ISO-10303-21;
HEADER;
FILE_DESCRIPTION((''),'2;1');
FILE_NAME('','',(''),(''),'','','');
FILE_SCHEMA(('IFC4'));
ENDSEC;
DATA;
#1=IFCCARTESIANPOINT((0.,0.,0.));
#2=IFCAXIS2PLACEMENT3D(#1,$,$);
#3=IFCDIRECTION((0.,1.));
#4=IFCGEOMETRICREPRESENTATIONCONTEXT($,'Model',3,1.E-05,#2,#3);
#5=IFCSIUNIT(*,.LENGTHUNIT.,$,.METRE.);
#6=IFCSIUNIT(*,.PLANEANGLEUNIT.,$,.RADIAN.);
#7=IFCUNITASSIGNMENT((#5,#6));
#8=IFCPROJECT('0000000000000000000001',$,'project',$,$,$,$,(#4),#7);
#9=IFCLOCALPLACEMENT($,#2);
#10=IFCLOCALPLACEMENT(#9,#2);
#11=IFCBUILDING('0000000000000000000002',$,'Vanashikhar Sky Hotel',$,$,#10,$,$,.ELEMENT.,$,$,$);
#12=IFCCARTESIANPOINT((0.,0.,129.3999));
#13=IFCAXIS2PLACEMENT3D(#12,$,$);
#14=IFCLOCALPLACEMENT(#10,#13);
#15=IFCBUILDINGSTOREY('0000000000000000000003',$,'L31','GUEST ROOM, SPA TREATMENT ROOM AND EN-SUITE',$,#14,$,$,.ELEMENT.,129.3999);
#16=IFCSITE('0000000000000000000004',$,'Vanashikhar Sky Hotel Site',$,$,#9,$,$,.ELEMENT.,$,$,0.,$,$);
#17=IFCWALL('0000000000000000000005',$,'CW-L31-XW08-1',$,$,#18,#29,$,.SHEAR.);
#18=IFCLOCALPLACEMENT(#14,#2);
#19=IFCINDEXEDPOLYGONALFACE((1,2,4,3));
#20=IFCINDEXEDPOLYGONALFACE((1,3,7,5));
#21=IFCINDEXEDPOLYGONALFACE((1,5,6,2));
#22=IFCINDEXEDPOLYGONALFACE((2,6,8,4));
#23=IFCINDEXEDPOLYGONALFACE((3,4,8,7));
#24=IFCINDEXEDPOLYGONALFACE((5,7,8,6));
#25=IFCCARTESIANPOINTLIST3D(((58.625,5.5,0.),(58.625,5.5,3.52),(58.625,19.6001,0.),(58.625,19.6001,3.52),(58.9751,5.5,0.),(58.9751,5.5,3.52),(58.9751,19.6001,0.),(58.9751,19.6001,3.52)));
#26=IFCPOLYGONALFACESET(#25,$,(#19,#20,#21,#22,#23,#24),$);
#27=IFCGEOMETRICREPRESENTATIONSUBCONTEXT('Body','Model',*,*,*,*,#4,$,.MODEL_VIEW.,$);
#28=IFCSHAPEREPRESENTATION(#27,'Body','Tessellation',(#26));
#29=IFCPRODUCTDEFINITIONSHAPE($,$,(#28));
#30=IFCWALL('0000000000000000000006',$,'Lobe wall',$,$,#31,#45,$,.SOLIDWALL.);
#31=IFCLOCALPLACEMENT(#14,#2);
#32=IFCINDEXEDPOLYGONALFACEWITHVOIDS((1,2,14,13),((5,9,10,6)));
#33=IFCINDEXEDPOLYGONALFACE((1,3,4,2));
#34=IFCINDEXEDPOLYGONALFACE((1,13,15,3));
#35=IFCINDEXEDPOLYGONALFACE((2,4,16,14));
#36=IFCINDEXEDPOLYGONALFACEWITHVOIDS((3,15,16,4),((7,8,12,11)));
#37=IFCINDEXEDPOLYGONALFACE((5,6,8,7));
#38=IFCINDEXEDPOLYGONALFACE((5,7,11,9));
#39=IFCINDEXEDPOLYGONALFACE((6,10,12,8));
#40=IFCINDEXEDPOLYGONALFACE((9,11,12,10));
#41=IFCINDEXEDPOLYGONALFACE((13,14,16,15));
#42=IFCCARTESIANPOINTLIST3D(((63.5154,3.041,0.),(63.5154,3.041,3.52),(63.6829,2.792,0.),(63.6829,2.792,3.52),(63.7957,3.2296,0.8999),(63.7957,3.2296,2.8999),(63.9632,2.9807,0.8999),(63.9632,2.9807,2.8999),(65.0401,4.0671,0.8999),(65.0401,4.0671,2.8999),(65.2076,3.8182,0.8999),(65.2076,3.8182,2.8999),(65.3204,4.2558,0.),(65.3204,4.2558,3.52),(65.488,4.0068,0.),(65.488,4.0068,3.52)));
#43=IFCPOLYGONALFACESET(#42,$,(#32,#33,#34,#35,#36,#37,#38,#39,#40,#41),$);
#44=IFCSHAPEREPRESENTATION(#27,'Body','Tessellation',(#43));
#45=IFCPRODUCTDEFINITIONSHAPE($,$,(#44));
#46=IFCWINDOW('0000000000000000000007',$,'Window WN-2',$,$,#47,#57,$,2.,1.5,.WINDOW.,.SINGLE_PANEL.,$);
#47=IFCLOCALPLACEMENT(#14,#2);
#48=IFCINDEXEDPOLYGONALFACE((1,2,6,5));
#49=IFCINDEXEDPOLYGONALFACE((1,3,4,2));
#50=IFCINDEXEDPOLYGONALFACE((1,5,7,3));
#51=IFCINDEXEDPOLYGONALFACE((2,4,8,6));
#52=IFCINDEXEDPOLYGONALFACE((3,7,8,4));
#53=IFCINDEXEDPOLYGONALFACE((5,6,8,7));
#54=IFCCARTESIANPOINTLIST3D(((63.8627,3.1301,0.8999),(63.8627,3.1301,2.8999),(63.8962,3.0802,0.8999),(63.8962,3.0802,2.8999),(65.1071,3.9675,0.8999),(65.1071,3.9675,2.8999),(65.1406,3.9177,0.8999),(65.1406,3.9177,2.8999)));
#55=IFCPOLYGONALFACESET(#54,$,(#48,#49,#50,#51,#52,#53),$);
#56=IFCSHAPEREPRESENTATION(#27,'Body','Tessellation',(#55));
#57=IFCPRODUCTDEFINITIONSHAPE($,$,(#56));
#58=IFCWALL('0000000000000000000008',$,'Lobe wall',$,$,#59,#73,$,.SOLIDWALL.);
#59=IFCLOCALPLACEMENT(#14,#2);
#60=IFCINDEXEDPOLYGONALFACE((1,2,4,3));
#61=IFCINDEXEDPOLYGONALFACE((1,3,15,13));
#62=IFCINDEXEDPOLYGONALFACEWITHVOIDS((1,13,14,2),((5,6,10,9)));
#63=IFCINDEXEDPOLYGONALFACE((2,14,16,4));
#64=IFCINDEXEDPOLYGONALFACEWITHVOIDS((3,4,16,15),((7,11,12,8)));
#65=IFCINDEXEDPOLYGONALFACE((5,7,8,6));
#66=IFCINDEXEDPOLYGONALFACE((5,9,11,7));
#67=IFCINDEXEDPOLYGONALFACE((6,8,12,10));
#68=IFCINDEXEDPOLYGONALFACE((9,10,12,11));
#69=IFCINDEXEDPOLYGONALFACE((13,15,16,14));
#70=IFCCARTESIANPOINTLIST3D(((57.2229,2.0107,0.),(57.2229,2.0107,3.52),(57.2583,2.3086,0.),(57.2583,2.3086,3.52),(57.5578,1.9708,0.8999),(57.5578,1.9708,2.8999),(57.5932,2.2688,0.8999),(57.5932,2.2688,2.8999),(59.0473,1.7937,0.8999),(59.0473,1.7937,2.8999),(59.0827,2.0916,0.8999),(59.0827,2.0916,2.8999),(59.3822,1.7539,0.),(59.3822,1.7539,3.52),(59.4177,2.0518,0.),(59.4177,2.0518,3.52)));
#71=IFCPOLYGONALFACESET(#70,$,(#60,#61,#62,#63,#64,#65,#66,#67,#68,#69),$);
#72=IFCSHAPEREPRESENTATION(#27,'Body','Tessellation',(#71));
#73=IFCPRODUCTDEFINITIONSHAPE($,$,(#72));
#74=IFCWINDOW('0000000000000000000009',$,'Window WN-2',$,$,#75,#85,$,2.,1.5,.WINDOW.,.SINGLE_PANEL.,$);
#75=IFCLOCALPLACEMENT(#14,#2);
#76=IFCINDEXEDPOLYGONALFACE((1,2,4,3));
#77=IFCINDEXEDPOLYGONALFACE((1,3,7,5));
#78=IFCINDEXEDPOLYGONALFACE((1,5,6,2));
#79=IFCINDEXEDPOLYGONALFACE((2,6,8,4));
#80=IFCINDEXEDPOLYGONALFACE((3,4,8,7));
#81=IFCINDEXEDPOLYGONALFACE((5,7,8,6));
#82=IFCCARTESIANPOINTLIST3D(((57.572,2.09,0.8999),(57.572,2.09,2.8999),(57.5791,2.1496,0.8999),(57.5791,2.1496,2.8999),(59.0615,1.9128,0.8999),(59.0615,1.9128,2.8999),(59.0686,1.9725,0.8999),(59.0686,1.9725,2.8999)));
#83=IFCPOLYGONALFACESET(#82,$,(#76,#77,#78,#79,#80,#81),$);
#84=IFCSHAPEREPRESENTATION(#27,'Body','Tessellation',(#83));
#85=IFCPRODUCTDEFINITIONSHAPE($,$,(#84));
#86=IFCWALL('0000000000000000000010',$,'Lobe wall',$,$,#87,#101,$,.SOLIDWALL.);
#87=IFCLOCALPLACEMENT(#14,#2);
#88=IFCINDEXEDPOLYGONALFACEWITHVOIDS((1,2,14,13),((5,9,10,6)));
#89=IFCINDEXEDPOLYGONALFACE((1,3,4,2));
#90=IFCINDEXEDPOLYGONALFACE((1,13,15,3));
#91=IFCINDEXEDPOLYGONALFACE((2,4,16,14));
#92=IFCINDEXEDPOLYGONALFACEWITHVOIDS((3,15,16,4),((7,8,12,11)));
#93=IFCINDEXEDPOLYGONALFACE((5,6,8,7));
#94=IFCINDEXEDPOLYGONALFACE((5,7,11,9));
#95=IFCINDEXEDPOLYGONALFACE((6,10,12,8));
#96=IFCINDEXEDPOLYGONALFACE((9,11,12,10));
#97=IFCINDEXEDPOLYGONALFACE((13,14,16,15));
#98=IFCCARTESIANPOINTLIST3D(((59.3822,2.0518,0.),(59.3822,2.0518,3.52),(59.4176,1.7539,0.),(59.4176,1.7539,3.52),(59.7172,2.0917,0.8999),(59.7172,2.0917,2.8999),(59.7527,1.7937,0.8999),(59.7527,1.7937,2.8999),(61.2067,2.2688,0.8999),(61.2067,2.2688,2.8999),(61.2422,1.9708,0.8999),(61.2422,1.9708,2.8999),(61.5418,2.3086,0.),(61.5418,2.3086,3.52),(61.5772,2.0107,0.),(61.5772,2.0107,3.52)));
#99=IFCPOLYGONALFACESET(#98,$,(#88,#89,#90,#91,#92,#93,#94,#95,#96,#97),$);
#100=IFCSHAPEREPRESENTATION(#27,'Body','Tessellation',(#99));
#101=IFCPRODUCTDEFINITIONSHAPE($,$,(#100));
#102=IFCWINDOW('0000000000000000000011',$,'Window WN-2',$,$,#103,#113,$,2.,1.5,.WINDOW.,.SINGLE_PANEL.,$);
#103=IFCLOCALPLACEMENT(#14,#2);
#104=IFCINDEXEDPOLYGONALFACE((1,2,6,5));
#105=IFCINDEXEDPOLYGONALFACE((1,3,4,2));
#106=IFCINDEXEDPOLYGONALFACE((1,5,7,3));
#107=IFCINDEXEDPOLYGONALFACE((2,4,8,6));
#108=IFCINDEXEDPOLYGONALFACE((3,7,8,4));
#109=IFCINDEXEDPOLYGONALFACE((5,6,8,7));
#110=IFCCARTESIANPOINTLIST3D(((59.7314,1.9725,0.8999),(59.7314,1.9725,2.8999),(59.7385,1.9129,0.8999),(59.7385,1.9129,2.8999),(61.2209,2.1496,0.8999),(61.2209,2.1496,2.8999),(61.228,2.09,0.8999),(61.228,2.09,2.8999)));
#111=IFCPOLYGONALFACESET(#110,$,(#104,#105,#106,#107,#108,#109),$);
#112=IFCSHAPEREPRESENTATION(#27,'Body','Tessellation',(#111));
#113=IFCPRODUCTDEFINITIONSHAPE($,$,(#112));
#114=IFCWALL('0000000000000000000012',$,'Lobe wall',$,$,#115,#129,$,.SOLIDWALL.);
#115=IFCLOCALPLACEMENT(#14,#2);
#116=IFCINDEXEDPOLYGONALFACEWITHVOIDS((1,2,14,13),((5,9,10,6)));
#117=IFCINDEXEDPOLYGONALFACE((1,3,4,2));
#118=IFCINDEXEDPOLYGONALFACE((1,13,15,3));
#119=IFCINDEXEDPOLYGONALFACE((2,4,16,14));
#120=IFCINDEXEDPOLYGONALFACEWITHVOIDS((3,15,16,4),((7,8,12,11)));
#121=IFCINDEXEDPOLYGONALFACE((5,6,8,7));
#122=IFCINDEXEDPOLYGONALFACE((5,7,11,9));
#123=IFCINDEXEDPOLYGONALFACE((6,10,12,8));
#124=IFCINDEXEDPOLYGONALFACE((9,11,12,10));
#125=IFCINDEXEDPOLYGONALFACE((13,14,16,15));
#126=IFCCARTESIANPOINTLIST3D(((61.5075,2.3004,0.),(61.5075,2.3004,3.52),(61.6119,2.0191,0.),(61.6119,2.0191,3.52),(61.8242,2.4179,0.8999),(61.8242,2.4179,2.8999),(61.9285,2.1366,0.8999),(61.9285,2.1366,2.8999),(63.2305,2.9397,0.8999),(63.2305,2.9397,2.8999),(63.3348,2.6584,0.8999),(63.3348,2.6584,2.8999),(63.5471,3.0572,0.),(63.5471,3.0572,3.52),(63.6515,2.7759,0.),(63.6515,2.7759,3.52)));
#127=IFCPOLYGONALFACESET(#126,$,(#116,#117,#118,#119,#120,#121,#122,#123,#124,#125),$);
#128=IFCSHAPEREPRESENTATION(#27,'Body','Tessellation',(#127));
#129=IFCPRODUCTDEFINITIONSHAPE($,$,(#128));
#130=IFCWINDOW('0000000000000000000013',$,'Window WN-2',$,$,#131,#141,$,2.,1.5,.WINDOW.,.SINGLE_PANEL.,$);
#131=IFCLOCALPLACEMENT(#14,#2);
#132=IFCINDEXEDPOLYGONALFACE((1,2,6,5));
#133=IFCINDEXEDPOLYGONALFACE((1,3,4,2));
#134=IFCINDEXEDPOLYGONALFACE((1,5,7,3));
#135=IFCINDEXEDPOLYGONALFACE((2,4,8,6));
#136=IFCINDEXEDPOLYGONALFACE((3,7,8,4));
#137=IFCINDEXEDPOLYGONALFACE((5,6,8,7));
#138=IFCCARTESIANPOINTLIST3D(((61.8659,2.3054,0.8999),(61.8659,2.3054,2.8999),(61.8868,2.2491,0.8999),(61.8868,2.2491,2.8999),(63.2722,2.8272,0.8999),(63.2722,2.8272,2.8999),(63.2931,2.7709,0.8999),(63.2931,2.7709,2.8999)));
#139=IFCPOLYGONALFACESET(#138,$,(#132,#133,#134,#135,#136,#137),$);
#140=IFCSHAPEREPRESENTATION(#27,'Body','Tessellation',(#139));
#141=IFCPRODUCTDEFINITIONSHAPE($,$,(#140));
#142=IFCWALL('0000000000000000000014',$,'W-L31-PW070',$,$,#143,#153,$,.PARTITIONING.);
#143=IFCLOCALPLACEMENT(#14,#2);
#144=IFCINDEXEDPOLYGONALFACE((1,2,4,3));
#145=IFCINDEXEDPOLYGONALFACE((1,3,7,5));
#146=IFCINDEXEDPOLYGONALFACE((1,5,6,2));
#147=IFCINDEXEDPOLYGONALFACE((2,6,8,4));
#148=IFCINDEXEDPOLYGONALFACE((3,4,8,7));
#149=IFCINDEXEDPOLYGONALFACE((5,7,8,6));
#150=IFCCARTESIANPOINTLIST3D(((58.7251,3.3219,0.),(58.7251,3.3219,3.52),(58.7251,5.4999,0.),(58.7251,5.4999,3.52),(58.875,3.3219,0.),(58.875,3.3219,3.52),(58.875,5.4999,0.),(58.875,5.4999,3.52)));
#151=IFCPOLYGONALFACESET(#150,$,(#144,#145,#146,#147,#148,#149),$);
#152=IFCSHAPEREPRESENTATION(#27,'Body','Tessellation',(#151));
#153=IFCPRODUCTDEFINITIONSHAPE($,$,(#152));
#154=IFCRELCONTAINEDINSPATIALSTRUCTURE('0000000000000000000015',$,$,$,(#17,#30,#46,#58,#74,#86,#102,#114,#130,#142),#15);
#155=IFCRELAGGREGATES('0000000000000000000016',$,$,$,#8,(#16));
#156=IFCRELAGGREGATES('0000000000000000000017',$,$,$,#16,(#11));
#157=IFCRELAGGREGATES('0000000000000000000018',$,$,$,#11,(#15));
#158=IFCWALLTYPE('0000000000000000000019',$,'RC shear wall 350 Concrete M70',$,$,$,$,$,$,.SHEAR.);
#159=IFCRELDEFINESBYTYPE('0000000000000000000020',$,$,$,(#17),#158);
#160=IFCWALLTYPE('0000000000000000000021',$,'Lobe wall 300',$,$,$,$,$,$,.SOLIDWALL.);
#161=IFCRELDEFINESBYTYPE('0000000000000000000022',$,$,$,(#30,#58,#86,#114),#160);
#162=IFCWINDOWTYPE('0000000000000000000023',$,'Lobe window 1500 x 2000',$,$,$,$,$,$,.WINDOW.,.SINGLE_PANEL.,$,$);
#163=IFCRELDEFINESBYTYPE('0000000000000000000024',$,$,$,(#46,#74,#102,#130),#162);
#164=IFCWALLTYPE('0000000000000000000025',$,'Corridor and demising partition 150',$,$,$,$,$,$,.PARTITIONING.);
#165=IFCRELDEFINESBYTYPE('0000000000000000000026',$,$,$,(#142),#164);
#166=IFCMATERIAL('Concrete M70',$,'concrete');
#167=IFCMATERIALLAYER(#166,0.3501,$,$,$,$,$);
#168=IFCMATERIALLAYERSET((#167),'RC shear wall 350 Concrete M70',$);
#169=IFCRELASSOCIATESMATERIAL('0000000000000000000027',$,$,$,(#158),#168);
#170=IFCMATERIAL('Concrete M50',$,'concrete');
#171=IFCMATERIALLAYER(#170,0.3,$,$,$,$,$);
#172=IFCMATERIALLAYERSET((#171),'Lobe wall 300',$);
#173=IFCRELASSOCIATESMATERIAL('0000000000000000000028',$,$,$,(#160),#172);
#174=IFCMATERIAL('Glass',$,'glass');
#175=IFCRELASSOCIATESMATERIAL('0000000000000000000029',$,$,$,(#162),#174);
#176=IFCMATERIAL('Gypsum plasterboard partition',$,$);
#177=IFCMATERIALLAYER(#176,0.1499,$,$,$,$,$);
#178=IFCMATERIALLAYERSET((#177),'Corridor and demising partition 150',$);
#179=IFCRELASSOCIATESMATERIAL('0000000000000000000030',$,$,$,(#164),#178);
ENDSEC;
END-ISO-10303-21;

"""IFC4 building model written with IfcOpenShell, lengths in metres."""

from ifc_helpers import new_model, si_unit, direction, frame, frame_2d, origin, place, context, subcontext, project, spatial, rectangle, extrude, source, transform, mapped, material, layer, layer_set, type_object, element, fill, save


model = new_model("IFC4")

# Units and contexts
model_context = context("Model", 3, precision=1e-05, world=origin(), true_north=direction((0.0, 1.0)))
body_context = subcontext(model_context, "Body", "Model", "MODEL_VIEW")
ifc_project = project(units=[si_unit("LENGTHUNIT", "METRE"), si_unit("PLANEANGLEUNIT", "RADIAN")], contexts=[model_context])

# Site, building, storey
site_placement = place(None, origin())
site = spatial("IfcSite", under=ifc_project, at=site_placement, Name="Vanashikhar Sky Hotel Site", CompositionType="ELEMENT", RefElevation=0.0)
building_placement = place(site_placement, origin())
building = spatial("IfcBuilding", under=site, at=building_placement, Name="Vanashikhar Sky Hotel", CompositionType="ELEMENT")
storey_placement = place(building_placement, frame((0.0, 0.0, 129.3999)))
storey = spatial("IfcBuildingStorey", under=building, at=storey_placement, Name="L31", Description="GUEST ROOM, SPA TREATMENT ROOM AND EN-SUITE", CompositionType="ELEMENT", Elevation=129.3999)

# Wall
ifc_material_1 = material(Name="Concrete M70", Category="concrete")
ifc_layer_1 = layer(ifc_material_1, 0.3501)
ifc_layer_set_1 = layer_set([ifc_layer_1], Name="RC shear wall 350 Concrete M70")
wall_type_1 = type_object("IfcWallType", Name="RC shear wall 350 Concrete M70", PredefinedType="SHEAR", material=ifc_layer_set_1)
shared_shape_1 = source(origin(), body_context, "Body", "SweptSolid", [
    extrude(rectangle(XDim=14.1001, YDim=0.3501, at=frame_2d((7.05, 0.0))), origin(), (0.0, 0.0, 1.0), 3.52),
])
wall_1_placement = place(storey_placement, frame((58.8, 5.5, 0.0), z_axis=(0.0, 0.0, 1.0), x_axis=(0.0, 1.0, 0.0)))
element("IfcWall", 1, at=wall_1_placement, inside=storey, type_object=wall_type_1, Name="CW-L31-XW08-1", PredefinedType="SHEAR", context=body_context, shape_type="MappedRepresentation", body=[
    mapped(shared_shape_1, transform((0.0, 0.0, 0.0), scale=1.0)),
])

# Walls, openings, windows
ifc_material_2 = material(Name="Concrete M50", Category="concrete")
ifc_layer_2 = layer(ifc_material_2, 0.3)
ifc_layer_set_2 = layer_set([ifc_layer_2], Name="Lobe wall 300")
wall_type_2 = type_object("IfcWallType", Name="Lobe wall 300", PredefinedType="SOLIDWALL", material=ifc_layer_set_2)
shared_shape_2 = source(origin(), body_context, "Body", "SweptSolid", [
    extrude(rectangle(XDim=2.1758, YDim=0.3, at=frame_2d((1.0879, 0.0))), origin(), (0.0, 0.0, 1.0), 3.52),
])
wall_2_placement = place(storey_placement, frame((63.5991, 2.9165, 0.0), z_axis=(0.0, 0.0, 1.0), x_axis=(0.829626, 0.55832, 0.0)))
wall_2 = element("IfcWall", 2, at=wall_2_placement, inside=storey, type_object=wall_type_2, Name="Lobe wall", PredefinedType="SOLIDWALL", context=body_context, shape_type="MappedRepresentation", body=[
    mapped(shared_shape_2, transform((0.0, 0.0, 0.0), scale=1.0)),
])
shared_shape_3 = source(origin(), body_context, "Body", "SweptSolid", [
    extrude(rectangle(XDim=1.5, YDim=2.0, at=frame_2d((0.75, 1.0))), frame((0.0, 0.1602, 0.0), z_axis=(0.0, -1.0, 0.0), x_axis=(1.0, 0.0, 0.0)), (0.0, 0.0, 1.0), 0.3201),
])
opening_1_placement = place(wall_2_placement, frame((0.3379, 0.0, 0.8999)))
opening_1 = element("IfcOpeningElement", 3, at=opening_1_placement, cuts=wall_2, PredefinedType="OPENING", context=body_context, shape_type="MappedRepresentation", body=[
    mapped(shared_shape_3, transform((0.0, 0.0, 0.0), scale=1.0)),
])
ifc_material_3 = material(Name="Glass", Category="glass")
window_type = type_object("IfcWindowType", Name="Lobe window 1500 x 2000", PartitioningType="SINGLE_PANEL", PredefinedType="WINDOW", material=ifc_material_3)
shared_shape_4 = source(origin(), body_context, "Body", "SweptSolid", [
    extrude(rectangle(XDim=1.5, YDim=2.0, at=frame_2d((0.75, 1.0))), frame((0.0, 0.03, 0.0), z_axis=(0.0, -1.0, 0.0), x_axis=(1.0, 0.0, 0.0)), (0.0, 0.0, 1.0), 0.0601),
])
window_1_placement = place(opening_1_placement, origin())
window_1 = element("IfcWindow", 4, at=window_1_placement, inside=storey, type_object=window_type, Name="Window WN-2", OverallHeight=2.0, OverallWidth=1.5, PartitioningType="SINGLE_PANEL", PredefinedType="WINDOW", context=body_context, shape_type="MappedRepresentation", body=[
    mapped(shared_shape_4, transform((0.0, 0.0, 0.0), scale=1.0)),
])
fill(opening_1, window_1)
shared_shape_5 = source(origin(), body_context, "Body", "SweptSolid", [
    extrude(rectangle(XDim=2.1746, YDim=0.3, at=frame_2d((1.0874, 0.0))), origin(), (0.0, 0.0, 1.0), 3.52),
])
wall_3_placement = place(storey_placement, frame((57.2405, 2.1597, 0.0), z_axis=(0.0, 0.0, 1.0), x_axis=(0.993001, -0.118105, 0.0)))
wall_3 = element("IfcWall", 5, at=wall_3_placement, inside=storey, type_object=wall_type_2, Name="Lobe wall", PredefinedType="SOLIDWALL", context=body_context, shape_type="MappedRepresentation", body=[
    mapped(shared_shape_5, transform((0.0, 0.0, 0.0), scale=1.0)),
])
opening_2_placement = place(wall_3_placement, frame((0.3374, 0.0, 0.8999)))
opening_2 = element("IfcOpeningElement", 6, at=opening_2_placement, cuts=wall_3, PredefinedType="OPENING", context=body_context, shape_type="MappedRepresentation", body=[
    mapped(shared_shape_3, transform((0.0, 0.0, 0.0), scale=1.0)),
])
window_2_placement = place(opening_2_placement, origin())
window_2 = element("IfcWindow", 7, at=window_2_placement, inside=storey, type_object=window_type, Name="Window WN-2", OverallHeight=2.0, OverallWidth=1.5, PartitioningType="SINGLE_PANEL", PredefinedType="WINDOW", context=body_context, shape_type="MappedRepresentation", body=[
    mapped(shared_shape_4, transform((0.0, 0.0, 0.0), scale=1.0)),
])
fill(opening_2, window_2)
shared_shape_6 = source(origin(), body_context, "Body", "SweptSolid", [
    extrude(rectangle(XDim=2.1748, YDim=0.3, at=frame_2d((1.0874, 0.0))), origin(), (0.0, 0.0, 1.0), 3.52),
])
wall_4_placement = place(storey_placement, frame((59.3999, 1.9028, 0.0), z_axis=(0.0, 0.0, 1.0), x_axis=(0.993003, 0.118092, 0.0)))
wall_4 = element("IfcWall", 8, at=wall_4_placement, inside=storey, type_object=wall_type_2, Name="Lobe wall", PredefinedType="SOLIDWALL", context=body_context, shape_type="MappedRepresentation", body=[
    mapped(shared_shape_6, transform((0.0, 0.0, 0.0), scale=1.0)),
])
opening_3_placement = place(wall_4_placement, frame((0.3374, 0.0, 0.8999)))
opening_3 = element("IfcOpeningElement", 9, at=opening_3_placement, cuts=wall_4, PredefinedType="OPENING", context=body_context, shape_type="MappedRepresentation", body=[
    mapped(shared_shape_3, transform((0.0, 0.0, 0.0), scale=1.0)),
])
window_3_placement = place(opening_3_placement, origin())
window_3 = element("IfcWindow", 10, at=window_3_placement, inside=storey, type_object=window_type, Name="Window WN-2", OverallHeight=2.0, OverallWidth=1.5, PartitioningType="SINGLE_PANEL", PredefinedType="WINDOW", context=body_context, shape_type="MappedRepresentation", body=[
    mapped(shared_shape_4, transform((0.0, 0.0, 0.0), scale=1.0)),
])
fill(opening_3, window_3)
shared_shape_7 = source(origin(), body_context, "Body", "SweptSolid", [
    extrude(rectangle(XDim=2.1755, YDim=0.3, at=frame_2d((1.0879, 0.0))), origin(), (0.0, 0.0, 1.0), 3.52),
])
wall_5_placement = place(storey_placement, frame((61.5596, 2.1597, 0.0), z_axis=(0.0, 0.0, 1.0), x_axis=(0.937532, 0.347899, 0.0)))
wall_5 = element("IfcWall", 11, at=wall_5_placement, inside=storey, type_object=wall_type_2, Name="Lobe wall", PredefinedType="SOLIDWALL", context=body_context, shape_type="MappedRepresentation", body=[
    mapped(shared_shape_7, transform((0.0, 0.0, 0.0), scale=1.0)),
])
opening_4_placement = place(wall_5_placement, frame((0.3379, 0.0, 0.8999)))
opening_4 = element("IfcOpeningElement", 12, at=opening_4_placement, cuts=wall_5, PredefinedType="OPENING", context=body_context, shape_type="MappedRepresentation", body=[
    mapped(shared_shape_3, transform((0.0, 0.0, 0.0), scale=1.0)),
])
window_4_placement = place(opening_4_placement, origin())
window_4 = element("IfcWindow", 13, at=window_4_placement, inside=storey, type_object=window_type, Name="Window WN-2", OverallHeight=2.0, OverallWidth=1.5, PartitioningType="SINGLE_PANEL", PredefinedType="WINDOW", context=body_context, shape_type="MappedRepresentation", body=[
    mapped(shared_shape_4, transform((0.0, 0.0, 0.0), scale=1.0)),
])
fill(opening_4, window_4)

# Wall
ifc_material_4 = material(Name="Gypsum plasterboard partition")
ifc_layer_3 = layer(ifc_material_4, 0.1499)
ifc_layer_set_3 = layer_set([ifc_layer_3], Name="Corridor and demising partition 150")
wall_type_3 = type_object("IfcWallType", Name="Corridor and demising partition 150", PredefinedType="PARTITIONING", material=ifc_layer_set_3)
shared_shape_8 = source(origin(), body_context, "Body", "SweptSolid", [
    extrude(rectangle(XDim=2.178, YDim=0.1499, at=frame_2d((1.0889, 0.0))), origin(), (0.0, 0.0, 1.0), 3.52),
])
wall_6_placement = place(storey_placement, frame((58.8, 3.322, 0.0), z_axis=(0.0, 0.0, 1.0), x_axis=(0.0, 1.0, 0.0)))
element("IfcWall", 14, at=wall_6_placement, inside=storey, type_object=wall_type_3, Name="W-L31-PW070", PredefinedType="PARTITIONING", context=body_context, shape_type="MappedRepresentation", body=[
    mapped(shared_shape_8, transform((0.0, 0.0, 0.0), scale=1.0)),
])

save(model, "model.ifc")
